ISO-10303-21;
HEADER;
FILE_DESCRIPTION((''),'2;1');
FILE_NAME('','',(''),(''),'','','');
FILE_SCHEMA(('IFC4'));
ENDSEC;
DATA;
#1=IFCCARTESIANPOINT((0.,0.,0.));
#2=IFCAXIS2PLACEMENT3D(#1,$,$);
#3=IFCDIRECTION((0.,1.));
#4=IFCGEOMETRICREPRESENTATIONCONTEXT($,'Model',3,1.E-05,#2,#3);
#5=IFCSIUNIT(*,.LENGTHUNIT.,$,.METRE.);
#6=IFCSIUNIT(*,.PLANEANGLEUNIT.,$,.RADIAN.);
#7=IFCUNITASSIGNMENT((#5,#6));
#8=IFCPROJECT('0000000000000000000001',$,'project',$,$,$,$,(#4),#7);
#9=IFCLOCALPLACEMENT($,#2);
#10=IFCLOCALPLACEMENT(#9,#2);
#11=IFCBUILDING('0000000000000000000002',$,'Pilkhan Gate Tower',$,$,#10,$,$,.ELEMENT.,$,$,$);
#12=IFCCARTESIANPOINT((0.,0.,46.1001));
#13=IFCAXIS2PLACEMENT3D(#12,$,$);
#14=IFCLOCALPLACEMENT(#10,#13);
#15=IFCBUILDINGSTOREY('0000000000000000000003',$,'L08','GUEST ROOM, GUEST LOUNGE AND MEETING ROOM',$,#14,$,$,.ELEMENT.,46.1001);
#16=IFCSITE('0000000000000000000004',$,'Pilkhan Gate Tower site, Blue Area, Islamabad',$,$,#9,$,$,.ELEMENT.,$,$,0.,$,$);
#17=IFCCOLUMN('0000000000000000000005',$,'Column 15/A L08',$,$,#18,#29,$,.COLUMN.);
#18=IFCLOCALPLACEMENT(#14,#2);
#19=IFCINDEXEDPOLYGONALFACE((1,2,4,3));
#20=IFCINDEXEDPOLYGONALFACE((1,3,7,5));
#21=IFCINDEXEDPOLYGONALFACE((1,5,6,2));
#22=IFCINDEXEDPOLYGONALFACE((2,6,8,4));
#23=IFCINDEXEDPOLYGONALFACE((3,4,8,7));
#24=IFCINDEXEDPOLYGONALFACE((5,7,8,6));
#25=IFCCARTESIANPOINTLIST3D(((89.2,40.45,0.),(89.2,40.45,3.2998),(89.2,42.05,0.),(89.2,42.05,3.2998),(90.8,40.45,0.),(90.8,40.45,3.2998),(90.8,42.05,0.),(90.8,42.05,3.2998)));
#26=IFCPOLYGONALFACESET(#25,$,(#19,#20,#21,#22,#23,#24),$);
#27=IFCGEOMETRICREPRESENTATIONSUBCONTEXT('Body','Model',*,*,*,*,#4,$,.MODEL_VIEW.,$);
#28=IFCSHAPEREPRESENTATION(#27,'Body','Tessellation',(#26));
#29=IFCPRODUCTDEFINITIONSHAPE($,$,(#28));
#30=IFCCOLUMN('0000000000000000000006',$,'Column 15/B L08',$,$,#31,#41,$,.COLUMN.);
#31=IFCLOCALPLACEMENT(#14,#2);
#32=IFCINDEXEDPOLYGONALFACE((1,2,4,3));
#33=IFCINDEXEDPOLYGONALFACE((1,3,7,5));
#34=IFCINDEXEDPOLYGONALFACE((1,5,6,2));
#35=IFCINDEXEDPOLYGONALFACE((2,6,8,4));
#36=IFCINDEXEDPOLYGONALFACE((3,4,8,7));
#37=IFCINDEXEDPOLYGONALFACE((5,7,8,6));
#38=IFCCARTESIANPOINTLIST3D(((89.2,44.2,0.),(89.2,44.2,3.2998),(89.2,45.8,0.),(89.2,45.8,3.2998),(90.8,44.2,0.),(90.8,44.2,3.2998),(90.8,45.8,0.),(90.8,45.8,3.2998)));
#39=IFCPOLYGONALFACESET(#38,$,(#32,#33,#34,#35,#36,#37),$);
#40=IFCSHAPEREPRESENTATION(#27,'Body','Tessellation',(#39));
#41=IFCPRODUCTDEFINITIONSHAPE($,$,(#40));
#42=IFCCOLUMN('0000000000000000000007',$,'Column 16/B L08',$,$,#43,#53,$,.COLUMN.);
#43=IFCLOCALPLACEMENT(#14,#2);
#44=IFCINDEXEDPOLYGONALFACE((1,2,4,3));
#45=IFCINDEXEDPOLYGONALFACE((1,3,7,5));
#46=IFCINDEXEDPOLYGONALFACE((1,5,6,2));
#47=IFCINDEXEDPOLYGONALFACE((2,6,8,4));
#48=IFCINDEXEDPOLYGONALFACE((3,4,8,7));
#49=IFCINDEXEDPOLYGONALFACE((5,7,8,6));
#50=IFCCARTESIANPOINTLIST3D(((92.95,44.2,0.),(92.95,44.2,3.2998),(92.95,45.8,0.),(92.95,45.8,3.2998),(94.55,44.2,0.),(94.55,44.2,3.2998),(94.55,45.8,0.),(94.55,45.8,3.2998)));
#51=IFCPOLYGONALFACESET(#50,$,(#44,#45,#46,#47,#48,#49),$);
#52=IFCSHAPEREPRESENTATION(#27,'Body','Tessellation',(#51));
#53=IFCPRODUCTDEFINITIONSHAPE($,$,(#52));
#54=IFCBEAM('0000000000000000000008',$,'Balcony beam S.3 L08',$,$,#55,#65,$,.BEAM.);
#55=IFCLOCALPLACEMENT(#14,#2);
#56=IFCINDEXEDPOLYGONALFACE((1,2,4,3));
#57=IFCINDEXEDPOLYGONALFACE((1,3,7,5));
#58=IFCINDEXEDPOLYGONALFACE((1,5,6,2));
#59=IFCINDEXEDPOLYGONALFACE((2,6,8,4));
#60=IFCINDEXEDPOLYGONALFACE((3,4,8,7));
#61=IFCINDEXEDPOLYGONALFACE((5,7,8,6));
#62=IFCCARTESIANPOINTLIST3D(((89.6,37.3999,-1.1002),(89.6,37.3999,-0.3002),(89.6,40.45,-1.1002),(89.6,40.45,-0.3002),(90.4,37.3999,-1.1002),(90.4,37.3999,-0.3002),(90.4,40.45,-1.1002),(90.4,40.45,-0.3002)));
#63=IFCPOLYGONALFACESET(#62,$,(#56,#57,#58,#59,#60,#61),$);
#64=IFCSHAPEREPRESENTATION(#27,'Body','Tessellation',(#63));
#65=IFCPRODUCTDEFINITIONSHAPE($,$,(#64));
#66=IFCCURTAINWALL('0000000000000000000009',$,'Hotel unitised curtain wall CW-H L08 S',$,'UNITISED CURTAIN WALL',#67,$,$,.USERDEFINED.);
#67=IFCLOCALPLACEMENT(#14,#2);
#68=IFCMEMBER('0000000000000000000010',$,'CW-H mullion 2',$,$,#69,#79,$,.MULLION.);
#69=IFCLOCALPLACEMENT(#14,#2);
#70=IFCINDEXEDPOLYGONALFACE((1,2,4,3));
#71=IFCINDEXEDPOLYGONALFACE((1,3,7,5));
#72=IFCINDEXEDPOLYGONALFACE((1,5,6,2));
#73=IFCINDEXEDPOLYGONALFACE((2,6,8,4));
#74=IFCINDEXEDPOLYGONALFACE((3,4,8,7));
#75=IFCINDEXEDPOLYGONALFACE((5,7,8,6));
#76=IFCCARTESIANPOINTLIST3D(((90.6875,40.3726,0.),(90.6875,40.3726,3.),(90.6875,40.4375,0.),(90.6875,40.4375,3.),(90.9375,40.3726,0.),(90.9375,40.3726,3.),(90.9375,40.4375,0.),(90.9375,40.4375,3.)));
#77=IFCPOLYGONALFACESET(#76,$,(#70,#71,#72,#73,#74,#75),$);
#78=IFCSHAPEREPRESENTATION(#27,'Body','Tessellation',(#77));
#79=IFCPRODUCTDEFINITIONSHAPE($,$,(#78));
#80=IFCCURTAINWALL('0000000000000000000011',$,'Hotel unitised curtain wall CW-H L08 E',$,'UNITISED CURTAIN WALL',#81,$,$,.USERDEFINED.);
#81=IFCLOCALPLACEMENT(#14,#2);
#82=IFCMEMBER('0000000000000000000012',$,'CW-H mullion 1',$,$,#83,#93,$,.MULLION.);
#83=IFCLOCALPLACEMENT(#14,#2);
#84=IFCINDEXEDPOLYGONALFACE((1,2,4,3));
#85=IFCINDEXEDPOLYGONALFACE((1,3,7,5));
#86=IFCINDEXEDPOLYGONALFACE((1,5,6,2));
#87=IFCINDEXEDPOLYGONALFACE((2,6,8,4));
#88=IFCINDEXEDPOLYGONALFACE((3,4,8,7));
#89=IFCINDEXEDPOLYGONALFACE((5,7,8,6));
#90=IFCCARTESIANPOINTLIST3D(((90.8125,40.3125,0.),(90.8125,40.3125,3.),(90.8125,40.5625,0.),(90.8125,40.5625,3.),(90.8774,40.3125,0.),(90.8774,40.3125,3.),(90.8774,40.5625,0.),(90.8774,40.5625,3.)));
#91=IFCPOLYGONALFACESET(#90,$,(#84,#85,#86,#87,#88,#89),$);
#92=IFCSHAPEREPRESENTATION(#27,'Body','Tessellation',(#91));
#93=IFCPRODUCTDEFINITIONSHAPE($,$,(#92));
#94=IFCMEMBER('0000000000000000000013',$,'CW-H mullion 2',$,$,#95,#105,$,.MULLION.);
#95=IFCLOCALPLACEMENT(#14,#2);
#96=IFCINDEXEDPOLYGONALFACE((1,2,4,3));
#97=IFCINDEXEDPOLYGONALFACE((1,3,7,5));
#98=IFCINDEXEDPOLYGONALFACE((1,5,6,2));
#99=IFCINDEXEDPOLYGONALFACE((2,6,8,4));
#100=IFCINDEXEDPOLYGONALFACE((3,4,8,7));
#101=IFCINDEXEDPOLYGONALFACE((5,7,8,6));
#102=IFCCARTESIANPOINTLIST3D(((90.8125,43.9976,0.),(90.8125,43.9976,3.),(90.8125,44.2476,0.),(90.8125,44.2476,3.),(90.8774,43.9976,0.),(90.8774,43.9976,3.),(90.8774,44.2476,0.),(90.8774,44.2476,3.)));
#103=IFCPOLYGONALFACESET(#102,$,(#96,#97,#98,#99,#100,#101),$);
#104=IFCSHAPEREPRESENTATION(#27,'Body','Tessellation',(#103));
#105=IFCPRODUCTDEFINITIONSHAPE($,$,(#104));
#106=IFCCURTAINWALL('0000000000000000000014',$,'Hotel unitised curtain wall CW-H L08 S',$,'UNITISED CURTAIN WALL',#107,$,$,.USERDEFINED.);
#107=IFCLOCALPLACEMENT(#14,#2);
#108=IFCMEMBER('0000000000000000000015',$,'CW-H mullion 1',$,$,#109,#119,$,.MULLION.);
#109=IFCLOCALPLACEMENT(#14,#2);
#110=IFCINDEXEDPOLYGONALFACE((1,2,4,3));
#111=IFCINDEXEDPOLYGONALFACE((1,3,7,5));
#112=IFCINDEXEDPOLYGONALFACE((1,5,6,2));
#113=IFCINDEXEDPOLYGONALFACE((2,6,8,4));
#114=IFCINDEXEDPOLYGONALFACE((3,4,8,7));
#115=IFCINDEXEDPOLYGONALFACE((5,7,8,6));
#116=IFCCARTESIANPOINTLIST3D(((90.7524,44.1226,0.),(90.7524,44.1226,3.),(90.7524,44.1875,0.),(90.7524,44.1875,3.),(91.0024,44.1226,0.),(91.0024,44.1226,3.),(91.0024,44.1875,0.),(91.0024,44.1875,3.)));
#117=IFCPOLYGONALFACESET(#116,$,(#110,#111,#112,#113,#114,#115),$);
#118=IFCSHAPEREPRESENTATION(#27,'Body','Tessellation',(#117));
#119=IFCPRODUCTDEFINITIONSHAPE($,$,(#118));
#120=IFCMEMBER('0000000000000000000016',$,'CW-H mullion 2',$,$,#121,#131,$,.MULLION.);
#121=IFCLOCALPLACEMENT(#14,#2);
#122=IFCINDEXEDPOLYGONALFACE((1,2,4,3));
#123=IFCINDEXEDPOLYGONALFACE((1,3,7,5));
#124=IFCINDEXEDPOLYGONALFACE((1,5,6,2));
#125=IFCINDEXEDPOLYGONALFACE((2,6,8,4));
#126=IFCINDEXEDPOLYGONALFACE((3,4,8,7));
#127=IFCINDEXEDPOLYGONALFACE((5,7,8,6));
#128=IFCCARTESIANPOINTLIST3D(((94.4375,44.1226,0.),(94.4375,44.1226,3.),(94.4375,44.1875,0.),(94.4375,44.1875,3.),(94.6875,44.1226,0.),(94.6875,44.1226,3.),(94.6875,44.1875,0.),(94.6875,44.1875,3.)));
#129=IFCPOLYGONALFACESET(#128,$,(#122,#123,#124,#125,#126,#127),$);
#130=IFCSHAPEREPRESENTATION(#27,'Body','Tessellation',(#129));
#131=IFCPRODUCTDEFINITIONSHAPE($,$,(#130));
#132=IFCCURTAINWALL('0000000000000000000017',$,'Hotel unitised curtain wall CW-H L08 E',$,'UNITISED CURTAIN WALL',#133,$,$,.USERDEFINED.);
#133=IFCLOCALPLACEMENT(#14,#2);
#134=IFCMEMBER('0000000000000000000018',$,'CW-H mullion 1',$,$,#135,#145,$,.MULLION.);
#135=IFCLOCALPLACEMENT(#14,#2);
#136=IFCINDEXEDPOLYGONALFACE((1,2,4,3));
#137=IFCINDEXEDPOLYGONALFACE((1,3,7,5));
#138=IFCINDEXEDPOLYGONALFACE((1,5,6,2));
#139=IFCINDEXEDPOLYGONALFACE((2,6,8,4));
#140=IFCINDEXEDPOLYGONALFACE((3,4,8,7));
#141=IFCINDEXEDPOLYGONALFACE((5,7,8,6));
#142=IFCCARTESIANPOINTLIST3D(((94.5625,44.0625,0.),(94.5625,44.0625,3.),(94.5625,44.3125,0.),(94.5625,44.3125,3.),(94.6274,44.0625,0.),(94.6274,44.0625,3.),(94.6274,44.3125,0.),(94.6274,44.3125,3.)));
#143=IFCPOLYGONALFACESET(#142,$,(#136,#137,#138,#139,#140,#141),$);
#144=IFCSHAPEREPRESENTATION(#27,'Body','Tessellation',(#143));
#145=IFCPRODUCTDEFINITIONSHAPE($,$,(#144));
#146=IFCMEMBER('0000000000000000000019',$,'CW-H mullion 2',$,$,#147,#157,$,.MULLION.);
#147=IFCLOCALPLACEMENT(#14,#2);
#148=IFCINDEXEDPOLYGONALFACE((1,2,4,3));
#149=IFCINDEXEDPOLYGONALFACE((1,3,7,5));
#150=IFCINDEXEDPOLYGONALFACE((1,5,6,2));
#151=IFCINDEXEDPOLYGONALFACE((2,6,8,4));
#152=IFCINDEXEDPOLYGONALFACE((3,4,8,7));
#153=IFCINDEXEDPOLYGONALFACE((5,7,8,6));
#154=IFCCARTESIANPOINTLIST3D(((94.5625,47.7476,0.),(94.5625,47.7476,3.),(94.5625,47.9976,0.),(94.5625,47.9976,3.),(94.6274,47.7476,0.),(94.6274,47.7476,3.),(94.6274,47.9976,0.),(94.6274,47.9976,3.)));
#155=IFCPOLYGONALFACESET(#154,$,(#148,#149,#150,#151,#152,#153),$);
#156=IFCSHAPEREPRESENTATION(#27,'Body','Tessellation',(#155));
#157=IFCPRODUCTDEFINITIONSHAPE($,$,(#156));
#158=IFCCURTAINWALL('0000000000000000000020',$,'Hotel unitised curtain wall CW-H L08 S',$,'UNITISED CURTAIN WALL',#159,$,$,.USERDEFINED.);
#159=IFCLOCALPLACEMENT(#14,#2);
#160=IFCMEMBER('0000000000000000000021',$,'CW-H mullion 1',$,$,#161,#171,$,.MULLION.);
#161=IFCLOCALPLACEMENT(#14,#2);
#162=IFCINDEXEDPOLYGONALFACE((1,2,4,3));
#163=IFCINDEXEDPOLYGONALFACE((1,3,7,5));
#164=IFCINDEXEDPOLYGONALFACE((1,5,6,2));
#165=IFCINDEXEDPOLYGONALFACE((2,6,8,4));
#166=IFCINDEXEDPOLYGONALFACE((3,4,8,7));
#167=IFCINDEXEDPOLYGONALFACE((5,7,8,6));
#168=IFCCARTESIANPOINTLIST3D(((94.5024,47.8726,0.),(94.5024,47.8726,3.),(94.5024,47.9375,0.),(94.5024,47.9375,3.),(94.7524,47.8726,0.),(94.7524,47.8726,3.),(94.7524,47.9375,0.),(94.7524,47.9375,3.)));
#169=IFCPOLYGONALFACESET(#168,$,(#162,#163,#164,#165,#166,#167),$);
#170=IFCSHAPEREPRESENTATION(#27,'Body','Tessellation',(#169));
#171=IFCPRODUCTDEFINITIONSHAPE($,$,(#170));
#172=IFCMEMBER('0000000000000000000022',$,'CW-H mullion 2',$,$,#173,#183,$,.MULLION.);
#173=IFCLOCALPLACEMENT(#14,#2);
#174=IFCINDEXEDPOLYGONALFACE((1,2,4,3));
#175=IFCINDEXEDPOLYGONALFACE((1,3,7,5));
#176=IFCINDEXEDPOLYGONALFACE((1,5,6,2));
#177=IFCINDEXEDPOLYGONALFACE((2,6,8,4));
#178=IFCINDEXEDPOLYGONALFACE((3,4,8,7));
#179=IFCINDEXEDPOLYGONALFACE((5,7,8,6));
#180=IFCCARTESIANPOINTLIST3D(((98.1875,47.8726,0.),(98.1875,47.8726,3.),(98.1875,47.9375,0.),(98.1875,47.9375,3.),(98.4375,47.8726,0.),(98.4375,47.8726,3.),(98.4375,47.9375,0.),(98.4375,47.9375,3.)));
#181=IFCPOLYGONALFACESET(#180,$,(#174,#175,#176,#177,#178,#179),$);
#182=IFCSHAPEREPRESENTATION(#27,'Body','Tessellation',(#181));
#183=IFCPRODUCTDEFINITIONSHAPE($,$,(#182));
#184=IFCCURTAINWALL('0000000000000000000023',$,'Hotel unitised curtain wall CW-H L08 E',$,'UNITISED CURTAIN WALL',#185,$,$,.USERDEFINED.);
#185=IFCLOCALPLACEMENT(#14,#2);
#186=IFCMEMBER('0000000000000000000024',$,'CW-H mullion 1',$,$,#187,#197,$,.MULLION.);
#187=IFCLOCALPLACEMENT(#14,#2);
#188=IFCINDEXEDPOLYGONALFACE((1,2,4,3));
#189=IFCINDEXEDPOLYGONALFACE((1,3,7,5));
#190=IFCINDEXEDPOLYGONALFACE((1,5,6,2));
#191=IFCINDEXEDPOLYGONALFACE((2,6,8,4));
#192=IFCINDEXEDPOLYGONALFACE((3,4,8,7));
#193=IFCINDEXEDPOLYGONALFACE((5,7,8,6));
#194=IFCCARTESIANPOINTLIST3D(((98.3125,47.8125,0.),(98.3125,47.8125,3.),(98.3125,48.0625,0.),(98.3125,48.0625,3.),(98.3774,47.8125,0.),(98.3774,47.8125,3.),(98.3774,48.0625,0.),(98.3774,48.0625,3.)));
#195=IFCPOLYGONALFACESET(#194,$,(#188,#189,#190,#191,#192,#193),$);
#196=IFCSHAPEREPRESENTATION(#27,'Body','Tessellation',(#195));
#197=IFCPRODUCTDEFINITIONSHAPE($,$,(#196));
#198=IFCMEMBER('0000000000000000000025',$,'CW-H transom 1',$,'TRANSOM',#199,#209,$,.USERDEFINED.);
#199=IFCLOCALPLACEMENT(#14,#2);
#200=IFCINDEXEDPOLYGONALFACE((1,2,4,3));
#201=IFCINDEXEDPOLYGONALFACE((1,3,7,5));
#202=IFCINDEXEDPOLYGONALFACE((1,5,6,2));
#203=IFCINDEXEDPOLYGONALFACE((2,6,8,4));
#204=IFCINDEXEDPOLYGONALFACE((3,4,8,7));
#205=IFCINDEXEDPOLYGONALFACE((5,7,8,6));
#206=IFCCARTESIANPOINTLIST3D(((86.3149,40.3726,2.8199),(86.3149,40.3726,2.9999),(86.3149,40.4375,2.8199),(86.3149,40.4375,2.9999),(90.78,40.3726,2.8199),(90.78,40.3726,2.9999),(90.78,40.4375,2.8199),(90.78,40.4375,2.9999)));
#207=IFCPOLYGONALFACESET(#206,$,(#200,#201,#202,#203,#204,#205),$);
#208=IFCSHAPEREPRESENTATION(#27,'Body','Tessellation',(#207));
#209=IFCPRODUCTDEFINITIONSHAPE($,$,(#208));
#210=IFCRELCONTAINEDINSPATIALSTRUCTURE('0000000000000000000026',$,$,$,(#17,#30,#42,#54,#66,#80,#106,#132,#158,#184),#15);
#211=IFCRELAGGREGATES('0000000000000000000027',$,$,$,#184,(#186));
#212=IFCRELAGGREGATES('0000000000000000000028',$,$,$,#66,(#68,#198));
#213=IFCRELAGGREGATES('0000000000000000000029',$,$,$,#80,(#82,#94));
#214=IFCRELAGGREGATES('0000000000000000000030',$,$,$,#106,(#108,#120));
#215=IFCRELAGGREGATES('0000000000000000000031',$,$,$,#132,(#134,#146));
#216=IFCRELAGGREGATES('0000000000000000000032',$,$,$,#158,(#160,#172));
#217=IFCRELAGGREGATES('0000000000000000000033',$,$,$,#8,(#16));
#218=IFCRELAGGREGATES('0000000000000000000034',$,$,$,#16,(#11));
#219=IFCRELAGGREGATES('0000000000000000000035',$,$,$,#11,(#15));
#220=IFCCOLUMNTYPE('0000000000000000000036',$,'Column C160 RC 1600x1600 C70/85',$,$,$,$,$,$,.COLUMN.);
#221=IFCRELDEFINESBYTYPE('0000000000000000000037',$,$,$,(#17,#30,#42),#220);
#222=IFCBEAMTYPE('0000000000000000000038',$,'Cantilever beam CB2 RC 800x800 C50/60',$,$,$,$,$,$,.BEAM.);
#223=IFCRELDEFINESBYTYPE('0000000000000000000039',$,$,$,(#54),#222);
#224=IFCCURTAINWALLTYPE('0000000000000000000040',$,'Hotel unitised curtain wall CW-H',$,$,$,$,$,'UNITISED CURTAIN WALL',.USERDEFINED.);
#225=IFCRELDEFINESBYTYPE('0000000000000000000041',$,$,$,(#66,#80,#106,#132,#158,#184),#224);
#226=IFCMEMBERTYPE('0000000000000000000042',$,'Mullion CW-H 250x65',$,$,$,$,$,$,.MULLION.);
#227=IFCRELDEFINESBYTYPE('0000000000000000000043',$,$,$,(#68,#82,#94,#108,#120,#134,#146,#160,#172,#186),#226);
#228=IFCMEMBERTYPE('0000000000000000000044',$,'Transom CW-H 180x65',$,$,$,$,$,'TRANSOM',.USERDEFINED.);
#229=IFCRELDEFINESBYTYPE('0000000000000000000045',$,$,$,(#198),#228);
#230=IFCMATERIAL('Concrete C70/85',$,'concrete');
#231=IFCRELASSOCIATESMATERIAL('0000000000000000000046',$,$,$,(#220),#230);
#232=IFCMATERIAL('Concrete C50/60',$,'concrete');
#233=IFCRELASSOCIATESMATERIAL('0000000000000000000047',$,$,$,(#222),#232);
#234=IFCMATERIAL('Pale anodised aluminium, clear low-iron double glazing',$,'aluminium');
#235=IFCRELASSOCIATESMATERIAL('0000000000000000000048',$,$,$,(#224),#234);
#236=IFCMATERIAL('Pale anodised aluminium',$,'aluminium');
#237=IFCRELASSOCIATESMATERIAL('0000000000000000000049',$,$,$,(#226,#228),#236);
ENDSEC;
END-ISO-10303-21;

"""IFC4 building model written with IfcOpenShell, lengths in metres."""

from ifc_helpers import new_model, si_unit, direction, frame, origin, origin_2d, place, context, subcontext, project, spatial, rectangle, extrude, material, material_profile, profile_set, type_object, element, aggregate, save


model = new_model("IFC4")

# Units and contexts
model_context = context("Model", 3, precision=1e-05, world=origin(), true_north=direction((0.0, 1.0)))
body_context = subcontext(model_context, "Body", "Model", "MODEL_VIEW")
ifc_project = project(units=[si_unit("LENGTHUNIT", "METRE"), si_unit("PLANEANGLEUNIT", "RADIAN")], contexts=[model_context])

# Site, building, storey
site_placement = place(None, origin())
site = spatial("IfcSite", under=ifc_project, at=site_placement, Name="Pilkhan Gate Tower site, Blue Area, Islamabad", CompositionType="ELEMENT", RefElevation=0.0)
building_placement = place(site_placement, origin())
building = spatial("IfcBuilding", under=site, at=building_placement, Name="Pilkhan Gate Tower", CompositionType="ELEMENT")
storey_placement = place(building_placement, frame((0.0, 0.0, 46.1001)))
storey = spatial("IfcBuildingStorey", under=building, at=storey_placement, Name="L08", Description="GUEST ROOM, GUEST LOUNGE AND MEETING ROOM", CompositionType="ELEMENT", Elevation=46.1001)

# Columns
ifc_material_1 = material(Name="Concrete C70/85", Category="concrete")
ifc_material_profile_1 = material_profile(ifc_material_1, rectangle(XDim=1.6001, YDim=1.6001, at=origin_2d()), Name="RC 1600x1600")
ifc_profile_set_1 = profile_set([ifc_material_profile_1], Name="Concrete C70/85")
column_type = type_object("IfcColumnType", Name="Column C160 RC 1600x1600 C70/85", PredefinedType="COLUMN", material=ifc_profile_set_1)
for number, where, z_axis, x_axis, name in (
    (1, (90.0, 41.25, 0.0), (0.0, 0.0, 1.0), (1.0, 0.0, 0.0), "Column 15/A L08"),
    (2, (90.0, 45.0, 0.0), (0.0, 0.0, 1.0), (1.0, 0.0, 0.0), "Column 15/B L08"),
    (3, (93.75, 45.0, 0.0), (0.0, 0.0, 1.0), (1.0, 0.0, 0.0), "Column 16/B L08"),
):
    element("IfcColumn", number, at=place(storey_placement, frame(where, z_axis=z_axis, x_axis=x_axis)), inside=storey, type_object=column_type, Name=name, PredefinedType="COLUMN", context=body_context, shape_type="SweptSolid", body=[
        extrude(rectangle(XDim=1.6001, YDim=1.6001, at=origin_2d()), origin(), (0.0, 0.0, 1.0), 3.2998),
    ])

# Beam
ifc_material_2 = material(Name="Concrete C50/60", Category="concrete")
ifc_material_profile_2 = material_profile(ifc_material_2, rectangle(XDim=0.8, YDim=0.8, at=origin_2d()), Name="RC 800x800")
ifc_profile_set_2 = profile_set([ifc_material_profile_2], Name="Concrete C50/60")
beam_type = type_object("IfcBeamType", Name="Cantilever beam CB2 RC 800x800 C50/60", PredefinedType="BEAM", material=ifc_profile_set_2)
beam_placement = place(storey_placement, frame((90.0, 40.45, -0.7002), z_axis=(0.0, -1.0, 0.0), x_axis=(1.0, 0.0, 0.0)))
element("IfcBeam", 4, at=beam_placement, inside=storey, type_object=beam_type, Name="Balcony beam S.3 L08", PredefinedType="BEAM", context=body_context, shape_type="SweptSolid", body=[
    extrude(rectangle(XDim=0.8, YDim=0.8, at=origin_2d()), origin(), (0.0, 0.0, 1.0), 3.05),
])

# Curtain wall, member
ifc_material_3 = material(Name="Pale anodised aluminium, clear low-iron double glazing", Category="aluminium")
curtain_wall_type = type_object("IfcCurtainWallType", Name="Hotel unitised curtain wall CW-H", ElementType="UNITISED CURTAIN WALL", PredefinedType="USERDEFINED", material=ifc_material_3)
curtain_wall_1_placement = place(storey_placement, origin())
curtain_wall_1 = element("IfcCurtainWall", 5, at=curtain_wall_1_placement, inside=storey, type_object=curtain_wall_type, Name="Hotel unitised curtain wall CW-H L08 S", ObjectType="UNITISED CURTAIN WALL", PredefinedType="USERDEFINED")
ifc_material_4 = material(Name="Pale anodised aluminium", Category="aluminium")
ifc_material_profile_3 = material_profile(ifc_material_4, rectangle(XDim=0.0649, YDim=0.25, at=origin_2d()), Name="Mullion 250x65")
ifc_profile_set_3 = profile_set([ifc_material_profile_3], Name="Pale anodised aluminium")
member_type_1 = type_object("IfcMemberType", Name="Mullion CW-H 250x65", PredefinedType="MULLION", material=ifc_profile_set_3)
member_1_placement = place(storey_placement, frame((90.8125, 40.405, 0.0), z_axis=(0.0, 0.0, 1.0), x_axis=(0.0, 1.0, 0.0)))
member_1 = element("IfcMember", 6, at=member_1_placement, type_object=member_type_1, Name="CW-H mullion 2", PredefinedType="MULLION", context=body_context, shape_type="SweptSolid", body=[
    extrude(rectangle(XDim=0.0649, YDim=0.25, at=origin_2d()), origin(), (0.0, 0.0, 1.0), 3.0),
])

# Curtain walls, members
curtain_wall_2_placement = place(storey_placement, origin())
curtain_wall_2 = element("IfcCurtainWall", 7, at=curtain_wall_2_placement, inside=storey, type_object=curtain_wall_type, Name="Hotel unitised curtain wall CW-H L08 E", ObjectType="UNITISED CURTAIN WALL", PredefinedType="USERDEFINED")
member_2_placement = place(storey_placement, frame((90.845, 40.4375, 0.0), z_axis=(0.0, 0.0, 1.0), x_axis=(-1.0, 0.0, 0.0)))
member_2 = element("IfcMember", 8, at=member_2_placement, type_object=member_type_1, Name="CW-H mullion 1", PredefinedType="MULLION", context=body_context, shape_type="SweptSolid", body=[
    extrude(rectangle(XDim=0.0649, YDim=0.25, at=origin_2d()), origin(), (0.0, 0.0, 1.0), 3.0),
])
member_3_placement = place(storey_placement, frame((90.845, 44.1226, 0.0), z_axis=(0.0, 0.0, 1.0), x_axis=(-1.0, 0.0, 0.0)))
member_3 = element("IfcMember", 9, at=member_3_placement, type_object=member_type_1, Name="CW-H mullion 2", PredefinedType="MULLION", context=body_context, shape_type="SweptSolid", body=[
    extrude(rectangle(XDim=0.0649, YDim=0.25, at=origin_2d()), origin(), (0.0, 0.0, 1.0), 3.0),
])
curtain_wall_3_placement = place(storey_placement, origin())
curtain_wall_3 = element("IfcCurtainWall", 10, at=curtain_wall_3_placement, inside=storey, type_object=curtain_wall_type, Name="Hotel unitised curtain wall CW-H L08 S", ObjectType="UNITISED CURTAIN WALL", PredefinedType="USERDEFINED")
member_4_placement = place(storey_placement, frame((90.8774, 44.155, 0.0), z_axis=(0.0, 0.0, 1.0), x_axis=(0.0, 1.0, 0.0)))
member_4 = element("IfcMember", 11, at=member_4_placement, type_object=member_type_1, Name="CW-H mullion 1", PredefinedType="MULLION", context=body_context, shape_type="SweptSolid", body=[
    extrude(rectangle(XDim=0.0649, YDim=0.25, at=origin_2d()), origin(), (0.0, 0.0, 1.0), 3.0),
])
member_5_placement = place(storey_placement, frame((94.5625, 44.155, 0.0), z_axis=(0.0, 0.0, 1.0), x_axis=(0.0, 1.0, 0.0)))
member_5 = element("IfcMember", 12, at=member_5_placement, type_object=member_type_1, Name="CW-H mullion 2", PredefinedType="MULLION", context=body_context, shape_type="SweptSolid", body=[
    extrude(rectangle(XDim=0.0649, YDim=0.25, at=origin_2d()), origin(), (0.0, 0.0, 1.0), 3.0),
])
curtain_wall_4_placement = place(storey_placement, origin())
curtain_wall_4 = element("IfcCurtainWall", 13, at=curtain_wall_4_placement, inside=storey, type_object=curtain_wall_type, Name="Hotel unitised curtain wall CW-H L08 E", ObjectType="UNITISED CURTAIN WALL", PredefinedType="USERDEFINED")
member_6_placement = place(storey_placement, frame((94.595, 44.1875, 0.0), z_axis=(0.0, 0.0, 1.0), x_axis=(-1.0, 0.0, 0.0)))
member_6 = element("IfcMember", 14, at=member_6_placement, type_object=member_type_1, Name="CW-H mullion 1", PredefinedType="MULLION", context=body_context, shape_type="SweptSolid", body=[
    extrude(rectangle(XDim=0.0649, YDim=0.25, at=origin_2d()), origin(), (0.0, 0.0, 1.0), 3.0),
])
member_7_placement = place(storey_placement, frame((94.595, 47.8726, 0.0), z_axis=(0.0, 0.0, 1.0), x_axis=(-1.0, 0.0, 0.0)))
member_7 = element("IfcMember", 15, at=member_7_placement, type_object=member_type_1, Name="CW-H mullion 2", PredefinedType="MULLION", context=body_context, shape_type="SweptSolid", body=[
    extrude(rectangle(XDim=0.0649, YDim=0.25, at=origin_2d()), origin(), (0.0, 0.0, 1.0), 3.0),
])
curtain_wall_5_placement = place(storey_placement, origin())
curtain_wall_5 = element("IfcCurtainWall", 16, at=curtain_wall_5_placement, inside=storey, type_object=curtain_wall_type, Name="Hotel unitised curtain wall CW-H L08 S", ObjectType="UNITISED CURTAIN WALL", PredefinedType="USERDEFINED")
member_8_placement = place(storey_placement, frame((94.6274, 47.905, 0.0), z_axis=(0.0, 0.0, 1.0), x_axis=(0.0, 1.0, 0.0)))
member_8 = element("IfcMember", 17, at=member_8_placement, type_object=member_type_1, Name="CW-H mullion 1", PredefinedType="MULLION", context=body_context, shape_type="SweptSolid", body=[
    extrude(rectangle(XDim=0.0649, YDim=0.25, at=origin_2d()), origin(), (0.0, 0.0, 1.0), 3.0),
])
member_9_placement = place(storey_placement, frame((98.3125, 47.905, 0.0), z_axis=(0.0, 0.0, 1.0), x_axis=(0.0, 1.0, 0.0)))
member_9 = element("IfcMember", 18, at=member_9_placement, type_object=member_type_1, Name="CW-H mullion 2", PredefinedType="MULLION", context=body_context, shape_type="SweptSolid", body=[
    extrude(rectangle(XDim=0.0649, YDim=0.25, at=origin_2d()), origin(), (0.0, 0.0, 1.0), 3.0),
])

# Curtain wall, member
curtain_wall_6_placement = place(storey_placement, origin())
curtain_wall_6 = element("IfcCurtainWall", 19, at=curtain_wall_6_placement, inside=storey, type_object=curtain_wall_type, Name="Hotel unitised curtain wall CW-H L08 E", ObjectType="UNITISED CURTAIN WALL", PredefinedType="USERDEFINED")
member_10_placement = place(storey_placement, frame((98.345, 47.9375, 0.0), z_axis=(0.0, 0.0, 1.0), x_axis=(-1.0, 0.0, 0.0)))
member_10 = element("IfcMember", 20, at=member_10_placement, type_object=member_type_1, Name="CW-H mullion 1", PredefinedType="MULLION", context=body_context, shape_type="SweptSolid", body=[
    extrude(rectangle(XDim=0.0649, YDim=0.25, at=origin_2d()), origin(), (0.0, 0.0, 1.0), 3.0),
])

# Member
ifc_material_profile_4 = material_profile(ifc_material_4, rectangle(XDim=0.0649, YDim=0.1799, at=origin_2d()), Name="Transom 180x65")
ifc_profile_set_4 = profile_set([ifc_material_profile_4], Name="Pale anodised aluminium")
member_type_2 = type_object("IfcMemberType", Name="Transom CW-H 180x65", ElementType="TRANSOM", PredefinedType="USERDEFINED", material=ifc_profile_set_4)
member_11_placement = place(storey_placement, frame((86.3149, 40.405, 2.9099), z_axis=(1.0, 0.0, 0.0), x_axis=(0.0, 1.0, 0.0)))
member_11 = element("IfcMember", 21, at=member_11_placement, type_object=member_type_2, Name="CW-H transom 1", ObjectType="TRANSOM", PredefinedType="USERDEFINED", context=body_context, shape_type="SweptSolid", body=[
    extrude(rectangle(XDim=0.0649, YDim=0.1799, at=origin_2d()), origin(), (0.0, 0.0, 1.0), 4.4651),
])
aggregate(curtain_wall_6, [member_10])

aggregate(curtain_wall_1, [member_1, member_11])
aggregate(curtain_wall_2, [member_2, member_3])
aggregate(curtain_wall_3, [member_4, member_5])
aggregate(curtain_wall_4, [member_6, member_7])
aggregate(curtain_wall_5, [member_8, member_9])

save(model, "model.ifc")
